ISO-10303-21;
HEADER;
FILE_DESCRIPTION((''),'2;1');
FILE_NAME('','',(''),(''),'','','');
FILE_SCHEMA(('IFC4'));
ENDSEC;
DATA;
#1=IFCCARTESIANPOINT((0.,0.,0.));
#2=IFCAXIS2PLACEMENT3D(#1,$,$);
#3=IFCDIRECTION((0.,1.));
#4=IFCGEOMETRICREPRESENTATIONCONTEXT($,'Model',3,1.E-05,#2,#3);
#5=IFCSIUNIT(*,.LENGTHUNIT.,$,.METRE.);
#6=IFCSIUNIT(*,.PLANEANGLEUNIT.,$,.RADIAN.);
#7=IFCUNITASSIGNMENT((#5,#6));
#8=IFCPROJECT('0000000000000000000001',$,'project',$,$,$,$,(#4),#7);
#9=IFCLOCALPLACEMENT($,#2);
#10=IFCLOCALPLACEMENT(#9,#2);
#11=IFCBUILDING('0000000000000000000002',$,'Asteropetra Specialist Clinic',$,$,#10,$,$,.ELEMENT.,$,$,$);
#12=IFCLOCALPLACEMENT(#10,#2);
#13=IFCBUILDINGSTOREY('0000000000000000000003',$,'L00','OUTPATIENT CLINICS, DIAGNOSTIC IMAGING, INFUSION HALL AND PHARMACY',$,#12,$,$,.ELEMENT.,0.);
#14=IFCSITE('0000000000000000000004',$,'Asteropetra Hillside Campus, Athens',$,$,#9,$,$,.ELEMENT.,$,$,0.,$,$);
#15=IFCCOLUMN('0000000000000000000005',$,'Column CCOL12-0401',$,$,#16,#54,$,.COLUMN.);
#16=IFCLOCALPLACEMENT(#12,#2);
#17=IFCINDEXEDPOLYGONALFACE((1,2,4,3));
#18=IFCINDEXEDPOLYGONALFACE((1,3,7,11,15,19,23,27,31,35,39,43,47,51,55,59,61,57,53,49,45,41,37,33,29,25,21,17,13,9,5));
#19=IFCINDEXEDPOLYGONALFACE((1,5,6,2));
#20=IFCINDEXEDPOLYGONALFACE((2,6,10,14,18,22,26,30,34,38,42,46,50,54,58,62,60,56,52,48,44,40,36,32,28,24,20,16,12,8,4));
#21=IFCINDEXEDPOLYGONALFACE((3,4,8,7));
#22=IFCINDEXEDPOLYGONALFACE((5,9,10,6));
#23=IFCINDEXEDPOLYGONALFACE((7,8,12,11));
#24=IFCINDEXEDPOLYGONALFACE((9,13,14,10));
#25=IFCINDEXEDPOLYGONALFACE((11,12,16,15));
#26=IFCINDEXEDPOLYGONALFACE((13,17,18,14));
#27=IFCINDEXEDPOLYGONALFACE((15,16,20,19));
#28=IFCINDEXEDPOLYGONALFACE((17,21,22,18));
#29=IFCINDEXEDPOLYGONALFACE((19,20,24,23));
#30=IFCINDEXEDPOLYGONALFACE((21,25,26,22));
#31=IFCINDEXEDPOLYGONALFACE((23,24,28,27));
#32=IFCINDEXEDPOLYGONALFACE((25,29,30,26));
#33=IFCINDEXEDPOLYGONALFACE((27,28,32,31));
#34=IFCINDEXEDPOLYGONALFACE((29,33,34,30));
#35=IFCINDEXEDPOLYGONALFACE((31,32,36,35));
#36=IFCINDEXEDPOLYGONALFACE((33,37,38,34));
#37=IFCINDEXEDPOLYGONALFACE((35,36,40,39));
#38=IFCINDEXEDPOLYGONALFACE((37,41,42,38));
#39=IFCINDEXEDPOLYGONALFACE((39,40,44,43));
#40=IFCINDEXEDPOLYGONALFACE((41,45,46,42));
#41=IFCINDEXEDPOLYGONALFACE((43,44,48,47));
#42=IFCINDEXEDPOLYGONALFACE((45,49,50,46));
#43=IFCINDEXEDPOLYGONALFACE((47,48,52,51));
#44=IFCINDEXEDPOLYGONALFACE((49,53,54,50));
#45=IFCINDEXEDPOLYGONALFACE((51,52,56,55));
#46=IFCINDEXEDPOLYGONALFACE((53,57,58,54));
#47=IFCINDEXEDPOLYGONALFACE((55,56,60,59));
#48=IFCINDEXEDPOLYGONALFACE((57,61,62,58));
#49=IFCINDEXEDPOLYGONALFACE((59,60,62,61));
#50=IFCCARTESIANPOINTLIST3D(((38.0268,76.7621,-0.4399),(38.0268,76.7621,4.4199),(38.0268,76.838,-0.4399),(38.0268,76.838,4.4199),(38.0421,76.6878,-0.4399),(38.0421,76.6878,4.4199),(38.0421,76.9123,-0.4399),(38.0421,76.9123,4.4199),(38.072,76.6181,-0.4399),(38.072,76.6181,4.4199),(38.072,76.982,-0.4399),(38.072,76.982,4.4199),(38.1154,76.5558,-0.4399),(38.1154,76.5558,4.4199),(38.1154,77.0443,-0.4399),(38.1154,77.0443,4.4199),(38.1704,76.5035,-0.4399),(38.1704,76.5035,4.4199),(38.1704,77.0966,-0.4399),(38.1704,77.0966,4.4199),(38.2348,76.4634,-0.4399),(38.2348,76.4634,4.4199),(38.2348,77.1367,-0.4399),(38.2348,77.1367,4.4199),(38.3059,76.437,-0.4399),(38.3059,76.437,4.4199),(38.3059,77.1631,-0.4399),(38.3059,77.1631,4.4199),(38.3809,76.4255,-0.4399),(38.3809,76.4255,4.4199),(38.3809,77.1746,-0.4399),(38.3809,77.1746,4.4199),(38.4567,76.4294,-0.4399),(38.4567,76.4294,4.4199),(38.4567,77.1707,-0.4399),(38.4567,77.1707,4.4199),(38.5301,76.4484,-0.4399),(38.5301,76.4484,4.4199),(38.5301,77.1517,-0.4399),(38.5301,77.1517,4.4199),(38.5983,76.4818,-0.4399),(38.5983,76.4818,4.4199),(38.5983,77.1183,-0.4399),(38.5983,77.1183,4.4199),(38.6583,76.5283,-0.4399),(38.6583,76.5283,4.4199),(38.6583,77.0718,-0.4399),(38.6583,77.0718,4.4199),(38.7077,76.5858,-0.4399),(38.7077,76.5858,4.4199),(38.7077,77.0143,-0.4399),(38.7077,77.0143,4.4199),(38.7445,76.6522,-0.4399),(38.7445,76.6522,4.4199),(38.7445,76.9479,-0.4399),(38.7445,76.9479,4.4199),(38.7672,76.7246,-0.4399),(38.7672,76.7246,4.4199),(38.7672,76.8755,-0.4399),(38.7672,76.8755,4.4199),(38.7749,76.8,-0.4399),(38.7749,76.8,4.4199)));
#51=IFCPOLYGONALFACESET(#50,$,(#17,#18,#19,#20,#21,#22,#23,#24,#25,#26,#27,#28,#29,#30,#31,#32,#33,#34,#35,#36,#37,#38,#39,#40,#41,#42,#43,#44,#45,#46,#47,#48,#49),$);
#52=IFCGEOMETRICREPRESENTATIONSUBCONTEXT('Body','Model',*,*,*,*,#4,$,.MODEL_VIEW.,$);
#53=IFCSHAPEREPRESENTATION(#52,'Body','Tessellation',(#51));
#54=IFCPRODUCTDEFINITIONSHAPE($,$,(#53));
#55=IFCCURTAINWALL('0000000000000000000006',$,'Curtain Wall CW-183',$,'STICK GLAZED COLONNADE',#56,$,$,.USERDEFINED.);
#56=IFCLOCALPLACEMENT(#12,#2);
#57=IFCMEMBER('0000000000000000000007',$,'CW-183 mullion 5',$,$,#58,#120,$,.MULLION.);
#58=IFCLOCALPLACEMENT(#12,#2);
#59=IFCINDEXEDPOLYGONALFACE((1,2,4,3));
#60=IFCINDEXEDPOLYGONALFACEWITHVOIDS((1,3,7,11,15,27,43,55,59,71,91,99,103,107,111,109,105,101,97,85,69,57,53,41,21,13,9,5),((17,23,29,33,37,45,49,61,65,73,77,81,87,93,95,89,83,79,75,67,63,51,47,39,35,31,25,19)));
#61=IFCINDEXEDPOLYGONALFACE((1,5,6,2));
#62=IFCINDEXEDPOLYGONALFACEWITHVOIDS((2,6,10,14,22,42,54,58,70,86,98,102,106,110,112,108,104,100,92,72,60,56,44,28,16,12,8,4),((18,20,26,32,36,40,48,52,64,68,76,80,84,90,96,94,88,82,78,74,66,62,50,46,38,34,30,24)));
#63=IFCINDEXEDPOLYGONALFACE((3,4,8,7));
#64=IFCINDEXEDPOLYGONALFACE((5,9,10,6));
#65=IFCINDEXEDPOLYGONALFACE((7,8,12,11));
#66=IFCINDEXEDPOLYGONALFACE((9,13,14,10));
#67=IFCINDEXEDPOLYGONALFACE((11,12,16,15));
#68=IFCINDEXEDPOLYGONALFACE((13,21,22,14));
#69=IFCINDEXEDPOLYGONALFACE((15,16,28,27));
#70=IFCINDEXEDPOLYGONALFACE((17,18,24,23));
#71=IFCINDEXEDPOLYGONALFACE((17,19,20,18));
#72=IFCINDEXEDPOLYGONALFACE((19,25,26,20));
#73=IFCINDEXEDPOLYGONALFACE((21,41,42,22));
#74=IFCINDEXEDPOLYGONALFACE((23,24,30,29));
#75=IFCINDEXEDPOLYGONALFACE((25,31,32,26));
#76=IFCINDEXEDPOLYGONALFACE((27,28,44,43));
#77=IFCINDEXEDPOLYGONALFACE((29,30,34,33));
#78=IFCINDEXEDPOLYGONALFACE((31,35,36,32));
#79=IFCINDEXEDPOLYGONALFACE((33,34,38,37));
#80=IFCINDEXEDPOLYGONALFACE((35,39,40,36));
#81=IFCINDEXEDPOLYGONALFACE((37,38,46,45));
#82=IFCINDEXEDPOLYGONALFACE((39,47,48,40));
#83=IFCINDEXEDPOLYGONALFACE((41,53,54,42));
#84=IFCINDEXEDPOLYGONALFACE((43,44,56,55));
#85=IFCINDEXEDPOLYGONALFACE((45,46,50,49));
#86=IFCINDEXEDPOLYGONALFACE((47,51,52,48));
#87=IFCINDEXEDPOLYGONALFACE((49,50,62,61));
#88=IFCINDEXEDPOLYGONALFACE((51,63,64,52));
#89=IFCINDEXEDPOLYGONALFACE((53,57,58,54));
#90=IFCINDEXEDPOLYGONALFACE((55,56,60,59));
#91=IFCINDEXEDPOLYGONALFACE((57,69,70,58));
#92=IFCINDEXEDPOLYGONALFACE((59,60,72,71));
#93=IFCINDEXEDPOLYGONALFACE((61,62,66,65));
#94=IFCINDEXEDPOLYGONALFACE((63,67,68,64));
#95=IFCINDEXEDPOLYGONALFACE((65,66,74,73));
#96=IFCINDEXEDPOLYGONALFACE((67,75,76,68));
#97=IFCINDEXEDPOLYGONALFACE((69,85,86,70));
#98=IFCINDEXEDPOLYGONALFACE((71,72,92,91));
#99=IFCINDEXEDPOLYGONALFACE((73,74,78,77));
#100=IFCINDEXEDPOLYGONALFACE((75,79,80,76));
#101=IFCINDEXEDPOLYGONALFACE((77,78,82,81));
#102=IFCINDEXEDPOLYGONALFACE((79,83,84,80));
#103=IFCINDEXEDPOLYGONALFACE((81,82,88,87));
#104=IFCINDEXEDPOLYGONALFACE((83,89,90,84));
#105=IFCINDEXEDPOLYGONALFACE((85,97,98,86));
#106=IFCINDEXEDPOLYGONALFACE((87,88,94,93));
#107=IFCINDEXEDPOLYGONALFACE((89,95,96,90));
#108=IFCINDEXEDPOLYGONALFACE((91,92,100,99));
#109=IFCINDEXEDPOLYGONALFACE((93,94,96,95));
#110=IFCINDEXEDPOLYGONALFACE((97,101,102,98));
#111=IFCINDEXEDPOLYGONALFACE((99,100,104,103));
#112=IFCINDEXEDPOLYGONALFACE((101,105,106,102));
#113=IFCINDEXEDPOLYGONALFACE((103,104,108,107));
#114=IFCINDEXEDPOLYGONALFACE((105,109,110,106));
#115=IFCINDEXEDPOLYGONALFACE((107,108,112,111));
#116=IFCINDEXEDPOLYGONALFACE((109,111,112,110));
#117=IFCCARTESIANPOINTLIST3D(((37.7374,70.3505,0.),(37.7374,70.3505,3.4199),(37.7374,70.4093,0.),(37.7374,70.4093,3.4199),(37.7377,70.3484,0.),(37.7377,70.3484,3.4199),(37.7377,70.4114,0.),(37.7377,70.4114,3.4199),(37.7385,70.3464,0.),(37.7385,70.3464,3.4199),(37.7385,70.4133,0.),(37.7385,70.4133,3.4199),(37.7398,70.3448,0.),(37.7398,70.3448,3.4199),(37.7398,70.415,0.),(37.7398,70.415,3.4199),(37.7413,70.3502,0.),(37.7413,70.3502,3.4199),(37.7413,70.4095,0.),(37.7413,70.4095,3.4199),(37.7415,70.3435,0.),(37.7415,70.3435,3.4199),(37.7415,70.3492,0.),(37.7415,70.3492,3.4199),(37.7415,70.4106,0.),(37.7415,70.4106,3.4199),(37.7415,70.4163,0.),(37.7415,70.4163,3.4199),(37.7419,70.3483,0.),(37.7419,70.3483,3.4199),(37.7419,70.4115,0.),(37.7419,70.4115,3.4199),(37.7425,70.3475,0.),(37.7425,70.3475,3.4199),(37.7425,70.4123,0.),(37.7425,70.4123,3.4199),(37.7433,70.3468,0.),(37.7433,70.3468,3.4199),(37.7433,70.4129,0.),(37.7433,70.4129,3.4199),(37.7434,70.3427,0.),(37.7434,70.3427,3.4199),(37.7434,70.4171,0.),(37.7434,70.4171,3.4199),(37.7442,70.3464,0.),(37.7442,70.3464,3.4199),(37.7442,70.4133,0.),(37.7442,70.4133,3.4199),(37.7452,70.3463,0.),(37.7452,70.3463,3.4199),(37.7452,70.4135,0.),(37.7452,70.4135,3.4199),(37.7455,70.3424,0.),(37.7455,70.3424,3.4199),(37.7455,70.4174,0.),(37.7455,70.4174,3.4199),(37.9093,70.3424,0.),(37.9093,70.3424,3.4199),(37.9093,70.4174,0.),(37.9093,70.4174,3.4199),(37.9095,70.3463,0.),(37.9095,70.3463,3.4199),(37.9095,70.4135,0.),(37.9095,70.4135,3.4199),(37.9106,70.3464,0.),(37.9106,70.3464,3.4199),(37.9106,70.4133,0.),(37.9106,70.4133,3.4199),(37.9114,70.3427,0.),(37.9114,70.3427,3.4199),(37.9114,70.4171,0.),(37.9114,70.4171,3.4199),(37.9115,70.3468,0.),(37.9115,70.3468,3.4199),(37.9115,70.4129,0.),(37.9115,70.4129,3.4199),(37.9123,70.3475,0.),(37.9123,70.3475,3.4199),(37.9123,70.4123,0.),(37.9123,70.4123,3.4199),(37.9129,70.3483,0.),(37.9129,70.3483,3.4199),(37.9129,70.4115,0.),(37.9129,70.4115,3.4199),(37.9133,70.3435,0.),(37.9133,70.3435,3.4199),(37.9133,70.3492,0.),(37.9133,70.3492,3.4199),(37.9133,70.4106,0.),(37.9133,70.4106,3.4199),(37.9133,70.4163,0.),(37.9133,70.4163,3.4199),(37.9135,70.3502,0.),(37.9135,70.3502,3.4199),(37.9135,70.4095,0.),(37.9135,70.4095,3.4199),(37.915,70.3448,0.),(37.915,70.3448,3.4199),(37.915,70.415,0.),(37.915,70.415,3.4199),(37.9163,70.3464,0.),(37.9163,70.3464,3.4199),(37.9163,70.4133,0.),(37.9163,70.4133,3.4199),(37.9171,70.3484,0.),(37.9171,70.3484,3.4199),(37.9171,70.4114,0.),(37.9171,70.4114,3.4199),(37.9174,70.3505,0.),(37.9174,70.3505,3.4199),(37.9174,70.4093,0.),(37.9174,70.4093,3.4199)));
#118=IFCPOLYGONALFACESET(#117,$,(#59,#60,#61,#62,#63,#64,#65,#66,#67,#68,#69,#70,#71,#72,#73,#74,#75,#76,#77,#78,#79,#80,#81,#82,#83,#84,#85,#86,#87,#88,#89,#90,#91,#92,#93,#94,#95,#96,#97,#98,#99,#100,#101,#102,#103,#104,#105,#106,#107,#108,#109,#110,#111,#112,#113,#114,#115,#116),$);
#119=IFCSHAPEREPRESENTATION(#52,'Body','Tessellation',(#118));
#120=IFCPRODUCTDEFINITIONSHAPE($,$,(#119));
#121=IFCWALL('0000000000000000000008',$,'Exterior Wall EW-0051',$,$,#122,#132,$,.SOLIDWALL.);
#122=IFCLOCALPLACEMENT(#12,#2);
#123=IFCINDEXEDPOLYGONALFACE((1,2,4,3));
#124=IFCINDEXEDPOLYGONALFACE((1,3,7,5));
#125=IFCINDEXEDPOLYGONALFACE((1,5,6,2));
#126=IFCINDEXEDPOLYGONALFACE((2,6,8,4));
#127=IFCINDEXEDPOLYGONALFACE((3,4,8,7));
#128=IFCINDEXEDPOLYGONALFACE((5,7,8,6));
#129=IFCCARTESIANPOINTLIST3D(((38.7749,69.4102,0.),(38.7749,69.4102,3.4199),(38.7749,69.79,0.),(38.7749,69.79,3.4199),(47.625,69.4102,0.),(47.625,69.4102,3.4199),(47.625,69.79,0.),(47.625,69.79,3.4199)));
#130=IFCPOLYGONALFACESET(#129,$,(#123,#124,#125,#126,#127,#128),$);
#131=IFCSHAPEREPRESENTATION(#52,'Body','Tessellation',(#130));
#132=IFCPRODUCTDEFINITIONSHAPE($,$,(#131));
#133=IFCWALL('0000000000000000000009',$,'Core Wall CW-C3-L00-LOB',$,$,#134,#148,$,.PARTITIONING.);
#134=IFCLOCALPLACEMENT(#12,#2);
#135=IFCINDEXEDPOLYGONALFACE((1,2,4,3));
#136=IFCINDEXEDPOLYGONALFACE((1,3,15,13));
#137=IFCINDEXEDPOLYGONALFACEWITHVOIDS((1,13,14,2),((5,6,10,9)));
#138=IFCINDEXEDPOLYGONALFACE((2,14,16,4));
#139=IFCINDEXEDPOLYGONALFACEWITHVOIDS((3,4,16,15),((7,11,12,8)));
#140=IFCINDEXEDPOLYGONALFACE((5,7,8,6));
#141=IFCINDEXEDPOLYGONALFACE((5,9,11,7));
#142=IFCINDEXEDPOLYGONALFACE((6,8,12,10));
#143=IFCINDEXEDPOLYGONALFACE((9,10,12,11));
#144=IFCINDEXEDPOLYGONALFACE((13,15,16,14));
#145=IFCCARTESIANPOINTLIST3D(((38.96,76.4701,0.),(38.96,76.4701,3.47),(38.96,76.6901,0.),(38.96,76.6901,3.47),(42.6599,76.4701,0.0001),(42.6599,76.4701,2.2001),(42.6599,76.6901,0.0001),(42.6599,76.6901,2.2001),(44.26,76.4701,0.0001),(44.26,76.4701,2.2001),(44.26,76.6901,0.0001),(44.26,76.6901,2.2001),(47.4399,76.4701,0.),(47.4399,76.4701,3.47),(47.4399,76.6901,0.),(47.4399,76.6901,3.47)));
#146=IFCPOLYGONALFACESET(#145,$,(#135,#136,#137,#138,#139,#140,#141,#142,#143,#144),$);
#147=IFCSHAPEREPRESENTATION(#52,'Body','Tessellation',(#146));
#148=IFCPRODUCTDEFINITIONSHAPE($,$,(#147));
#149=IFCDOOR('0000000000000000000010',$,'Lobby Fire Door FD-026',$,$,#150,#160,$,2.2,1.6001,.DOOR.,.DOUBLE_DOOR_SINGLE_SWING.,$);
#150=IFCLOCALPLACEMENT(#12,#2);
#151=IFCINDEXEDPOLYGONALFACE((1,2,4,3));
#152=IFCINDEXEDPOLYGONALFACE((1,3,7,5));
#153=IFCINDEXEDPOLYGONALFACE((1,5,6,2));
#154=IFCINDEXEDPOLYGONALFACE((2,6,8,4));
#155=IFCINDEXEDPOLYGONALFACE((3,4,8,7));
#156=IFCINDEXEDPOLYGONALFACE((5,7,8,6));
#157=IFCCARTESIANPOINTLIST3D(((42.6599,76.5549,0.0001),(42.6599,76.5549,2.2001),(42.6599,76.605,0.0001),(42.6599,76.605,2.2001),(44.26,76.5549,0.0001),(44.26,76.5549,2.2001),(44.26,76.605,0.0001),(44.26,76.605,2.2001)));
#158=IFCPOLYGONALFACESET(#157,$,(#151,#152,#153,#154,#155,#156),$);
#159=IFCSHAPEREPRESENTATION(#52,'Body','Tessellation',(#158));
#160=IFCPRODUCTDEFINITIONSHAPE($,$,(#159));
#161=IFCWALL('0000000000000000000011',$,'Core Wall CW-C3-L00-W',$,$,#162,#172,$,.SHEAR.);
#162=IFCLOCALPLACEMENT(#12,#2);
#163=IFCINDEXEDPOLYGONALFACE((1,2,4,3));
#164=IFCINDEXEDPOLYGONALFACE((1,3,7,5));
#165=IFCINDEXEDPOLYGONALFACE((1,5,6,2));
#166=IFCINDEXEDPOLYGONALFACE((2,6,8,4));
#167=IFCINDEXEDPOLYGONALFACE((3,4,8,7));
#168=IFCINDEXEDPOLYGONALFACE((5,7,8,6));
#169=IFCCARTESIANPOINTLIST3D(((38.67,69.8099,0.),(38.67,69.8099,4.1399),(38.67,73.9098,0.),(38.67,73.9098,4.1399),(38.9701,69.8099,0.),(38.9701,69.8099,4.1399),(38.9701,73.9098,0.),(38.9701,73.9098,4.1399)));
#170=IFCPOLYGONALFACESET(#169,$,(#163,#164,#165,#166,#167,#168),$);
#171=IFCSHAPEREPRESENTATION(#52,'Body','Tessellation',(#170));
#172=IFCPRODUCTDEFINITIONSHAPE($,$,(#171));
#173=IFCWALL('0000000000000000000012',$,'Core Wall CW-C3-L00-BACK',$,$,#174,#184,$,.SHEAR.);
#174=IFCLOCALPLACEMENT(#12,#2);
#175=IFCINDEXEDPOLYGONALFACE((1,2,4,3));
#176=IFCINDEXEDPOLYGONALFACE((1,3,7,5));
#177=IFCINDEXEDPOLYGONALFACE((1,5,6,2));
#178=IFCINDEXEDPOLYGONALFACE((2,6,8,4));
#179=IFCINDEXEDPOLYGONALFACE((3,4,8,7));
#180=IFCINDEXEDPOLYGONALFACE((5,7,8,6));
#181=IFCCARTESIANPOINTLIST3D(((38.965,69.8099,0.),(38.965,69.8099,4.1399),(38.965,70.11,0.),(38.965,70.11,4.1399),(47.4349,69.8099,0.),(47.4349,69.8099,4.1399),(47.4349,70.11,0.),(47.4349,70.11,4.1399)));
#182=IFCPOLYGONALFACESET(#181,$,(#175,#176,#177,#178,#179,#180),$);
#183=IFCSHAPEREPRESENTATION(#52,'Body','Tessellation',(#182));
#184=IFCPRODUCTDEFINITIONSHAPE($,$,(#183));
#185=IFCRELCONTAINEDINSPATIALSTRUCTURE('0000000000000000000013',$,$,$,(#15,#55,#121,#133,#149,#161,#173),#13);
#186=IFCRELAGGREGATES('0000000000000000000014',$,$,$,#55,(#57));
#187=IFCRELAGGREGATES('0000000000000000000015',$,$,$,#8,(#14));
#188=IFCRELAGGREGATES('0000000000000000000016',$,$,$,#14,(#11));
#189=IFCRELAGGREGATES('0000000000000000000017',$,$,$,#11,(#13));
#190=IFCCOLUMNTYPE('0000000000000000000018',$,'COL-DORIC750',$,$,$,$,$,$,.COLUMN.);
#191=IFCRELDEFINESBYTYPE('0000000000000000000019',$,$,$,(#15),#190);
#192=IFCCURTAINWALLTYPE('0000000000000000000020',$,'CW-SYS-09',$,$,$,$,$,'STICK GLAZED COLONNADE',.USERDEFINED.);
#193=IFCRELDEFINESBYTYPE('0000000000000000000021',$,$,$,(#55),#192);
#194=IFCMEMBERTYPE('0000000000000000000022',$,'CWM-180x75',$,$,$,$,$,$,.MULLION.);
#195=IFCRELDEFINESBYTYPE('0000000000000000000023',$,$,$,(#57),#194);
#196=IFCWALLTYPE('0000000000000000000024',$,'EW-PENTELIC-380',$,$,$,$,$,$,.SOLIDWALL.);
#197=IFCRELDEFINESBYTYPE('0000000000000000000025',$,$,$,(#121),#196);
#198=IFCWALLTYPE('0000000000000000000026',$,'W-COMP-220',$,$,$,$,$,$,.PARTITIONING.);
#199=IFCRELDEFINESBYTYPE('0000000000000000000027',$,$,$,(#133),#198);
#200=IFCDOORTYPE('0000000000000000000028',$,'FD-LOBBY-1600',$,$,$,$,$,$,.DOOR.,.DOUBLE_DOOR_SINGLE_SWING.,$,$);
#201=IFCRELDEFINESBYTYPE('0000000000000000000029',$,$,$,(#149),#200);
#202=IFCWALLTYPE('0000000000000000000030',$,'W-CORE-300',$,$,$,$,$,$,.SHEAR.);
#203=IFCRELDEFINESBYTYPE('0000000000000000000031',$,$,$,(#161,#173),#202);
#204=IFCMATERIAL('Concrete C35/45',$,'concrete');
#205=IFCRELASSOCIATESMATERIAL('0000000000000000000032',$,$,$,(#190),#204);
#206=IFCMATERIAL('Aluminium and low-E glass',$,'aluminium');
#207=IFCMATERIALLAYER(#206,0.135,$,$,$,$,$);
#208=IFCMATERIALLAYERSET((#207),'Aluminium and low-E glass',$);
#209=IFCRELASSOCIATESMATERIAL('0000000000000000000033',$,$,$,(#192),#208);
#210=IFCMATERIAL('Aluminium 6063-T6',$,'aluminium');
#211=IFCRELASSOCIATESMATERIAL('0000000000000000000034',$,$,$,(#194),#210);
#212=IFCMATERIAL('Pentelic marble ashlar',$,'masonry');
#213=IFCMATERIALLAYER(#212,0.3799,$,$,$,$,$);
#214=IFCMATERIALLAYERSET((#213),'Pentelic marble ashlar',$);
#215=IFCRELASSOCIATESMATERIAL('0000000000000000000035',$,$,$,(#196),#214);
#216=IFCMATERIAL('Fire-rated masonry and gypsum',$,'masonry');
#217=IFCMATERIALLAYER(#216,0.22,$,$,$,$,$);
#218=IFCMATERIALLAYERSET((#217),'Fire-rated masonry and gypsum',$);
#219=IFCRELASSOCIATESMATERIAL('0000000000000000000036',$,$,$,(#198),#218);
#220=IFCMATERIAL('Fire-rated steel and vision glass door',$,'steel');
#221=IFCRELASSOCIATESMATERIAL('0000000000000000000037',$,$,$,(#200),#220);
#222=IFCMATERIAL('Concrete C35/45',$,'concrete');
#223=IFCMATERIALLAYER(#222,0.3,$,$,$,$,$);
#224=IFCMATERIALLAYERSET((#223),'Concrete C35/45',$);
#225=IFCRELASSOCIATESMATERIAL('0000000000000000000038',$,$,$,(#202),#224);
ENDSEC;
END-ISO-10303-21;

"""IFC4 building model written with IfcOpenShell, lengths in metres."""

from ifc_helpers import new_model, si_unit, direction, frame, frame_2d, origin, origin_2d, place, context, subcontext, project, spatial, rectangle, hollow_rectangle, circle, extrude, material, layer, layer_set, material_profile, profile_set, type_object, element, fill, aggregate, save


model = new_model("IFC4")

# Units and contexts
model_context = context("Model", 3, precision=1e-05, world=origin(), true_north=direction((0.0, 1.0)))
body_context = subcontext(model_context, "Body", "Model", "MODEL_VIEW")
ifc_project = project(units=[si_unit("LENGTHUNIT", "METRE"), si_unit("PLANEANGLEUNIT", "RADIAN")], contexts=[model_context])

# Site, building, storey
site_placement = place(None, origin())
site = spatial("IfcSite", under=ifc_project, at=site_placement, Name="Asteropetra Hillside Campus, Athens", CompositionType="ELEMENT", RefElevation=0.0)
building_placement = place(site_placement, origin())
building = spatial("IfcBuilding", under=site, at=building_placement, Name="Asteropetra Specialist Clinic", CompositionType="ELEMENT")
storey_placement = place(building_placement, origin())
storey = spatial("IfcBuildingStorey", under=building, at=storey_placement, Name="L00", Description="OUTPATIENT CLINICS, DIAGNOSTIC IMAGING, INFUSION HALL AND PHARMACY", CompositionType="ELEMENT", Elevation=0.0)

# Column
ifc_material_1 = material(Name="Concrete C35/45", Category="concrete")
ifc_material_profile_1 = material_profile(ifc_material_1, circle(Radius=0.375, at=origin_2d()), Name="RCC D750")
ifc_profile_set_1 = profile_set([ifc_material_profile_1], Name="Concrete C35/45")
column_type = type_object("IfcColumnType", Name="COL-DORIC750", PredefinedType="COLUMN", material=ifc_profile_set_1)
for number, where, z_axis, x_axis, name in (
    (1, (38.3999, 76.8, -0.4399), (0.0, 0.0, 1.0), (1.0, 0.0, 0.0), "Column CCOL12-0401"),
):
    element("IfcColumn", number, at=place(storey_placement, frame(where, z_axis=z_axis, x_axis=x_axis)), inside=storey, type_object=column_type, Name=name, PredefinedType="COLUMN", context=body_context, shape_type="SweptSolid", body=[
        extrude(circle(Radius=0.375, at=origin_2d()), origin(), (0.0, 0.0, 1.0), 4.8599),
    ])

# Curtain wall, member
ifc_material_2 = material(Name="Aluminium and low-E glass", Category="aluminium")
ifc_layer_1 = layer(ifc_material_2, 0.135)
ifc_layer_set_1 = layer_set([ifc_layer_1], Name="Aluminium and low-E glass")
curtain_wall_type = type_object("IfcCurtainWallType", Name="CW-SYS-09", ElementType="STICK GLAZED COLONNADE", PredefinedType="USERDEFINED", material=ifc_layer_set_1)
curtain_wall_placement = place(storey_placement, origin())
curtain_wall = element("IfcCurtainWall", 2, at=curtain_wall_placement, inside=storey, type_object=curtain_wall_type, Name="Curtain Wall CW-183", ObjectType="STICK GLAZED COLONNADE", PredefinedType="USERDEFINED")
ifc_material_3 = material(Name="Aluminium 6063-T6", Category="aluminium")
ifc_material_profile_2 = material_profile(ifc_material_3, hollow_rectangle(XDim=0.075, YDim=0.1799, WallThickness=0.0039, InnerFilletRadius=0.0039, OuterFilletRadius=0.0081, at=origin_2d()), Name="MUL 180x75x4.0")
ifc_profile_set_2 = profile_set([ifc_material_profile_2], Name="Aluminium 6063-T6")
member_type = type_object("IfcMemberType", Name="CWM-180x75", PredefinedType="MULLION", material=ifc_profile_set_2)
member_placement = place(storey_placement, frame((37.8274, 70.3799, 0.0), z_axis=(0.0, 0.0, 1.0), x_axis=(0.0, 1.0, 0.0)))
member = element("IfcMember", 3, at=member_placement, type_object=member_type, Name="CW-183 mullion 5", PredefinedType="MULLION", context=body_context, shape_type="SweptSolid", body=[
    extrude(hollow_rectangle(XDim=0.075, YDim=0.1799, WallThickness=0.0039, InnerFilletRadius=0.0039, OuterFilletRadius=0.0081, at=origin_2d()), origin(), (0.0, 0.0, 1.0), 3.4199),
])
aggregate(curtain_wall, [member])

# Wall
ifc_material_4 = material(Name="Pentelic marble ashlar", Category="masonry")
ifc_layer_2 = layer(ifc_material_4, 0.3799)
ifc_layer_set_2 = layer_set([ifc_layer_2], Name="Pentelic marble ashlar")
wall_type_1 = type_object("IfcWallType", Name="EW-PENTELIC-380", PredefinedType="SOLIDWALL", material=ifc_layer_set_2)
wall_1_placement = place(storey_placement, frame((38.7749, 69.6001, 0.0), z_axis=(0.0, 0.0, 1.0), x_axis=(1.0, 0.0, 0.0)))
element("IfcWall", 4, at=wall_1_placement, inside=storey, type_object=wall_type_1, Name="Exterior Wall EW-0051", PredefinedType="SOLIDWALL", context=body_context, shape_type="SweptSolid", body=[
    extrude(rectangle(XDim=8.8501, YDim=0.3799, at=frame_2d((4.425, 0.0))), origin(), (0.0, 0.0, 1.0), 3.4199),
])

# Wall, opening, door
ifc_material_5 = material(Name="Fire-rated masonry and gypsum", Category="masonry")
ifc_layer_3 = layer(ifc_material_5, 0.22)
ifc_layer_set_3 = layer_set([ifc_layer_3], Name="Fire-rated masonry and gypsum")
wall_type_2 = type_object("IfcWallType", Name="W-COMP-220", PredefinedType="PARTITIONING", material=ifc_layer_set_3)
wall_2_placement = place(storey_placement, frame((38.96, 76.5801, 0.0), z_axis=(0.0, 0.0, 1.0), x_axis=(1.0, 0.0, 0.0)))
wall_2 = element("IfcWall", 5, at=wall_2_placement, inside=storey, type_object=wall_type_2, Name="Core Wall CW-C3-L00-LOB", PredefinedType="PARTITIONING", context=body_context, shape_type="SweptSolid", body=[
    extrude(rectangle(XDim=8.48, YDim=0.22, at=frame_2d((4.24, 0.0))), origin(), (0.0, 0.0, 1.0), 3.47),
])
opening_1_placement = place(wall_2_placement, frame((3.7, 0.0, 0.0)))
opening_1 = element("IfcOpeningElement", 6, at=opening_1_placement, cuts=wall_2, PredefinedType="OPENING", context=body_context, shape_type="SweptSolid", body=[
    extrude(rectangle(XDim=1.6001, YDim=2.2, at=frame_2d((0.8, 1.1001))), frame((0.0, 0.1199, 0.0), z_axis=(0.0, -1.0, 0.0), x_axis=(1.0, 0.0, 0.0)), (0.0, 0.0, 1.0), 0.24),
])
ifc_material_6 = material(Name="Fire-rated steel and vision glass door", Category="steel")
door_type_1 = type_object("IfcDoorType", Name="FD-LOBBY-1600", OperationType="DOUBLE_DOOR_SINGLE_SWING", PredefinedType="DOOR", material=ifc_material_6)
door_1_placement = place(opening_1_placement, origin())
door_1 = element("IfcDoor", 7, at=door_1_placement, inside=storey, type_object=door_type_1, Name="Lobby Fire Door FD-026", OperationType="DOUBLE_DOOR_SINGLE_SWING", OverallHeight=2.2, OverallWidth=1.6001, PredefinedType="DOOR", context=body_context, shape_type="SweptSolid", body=[
    extrude(rectangle(XDim=1.6001, YDim=2.2, at=frame_2d((0.8, 1.1001))), frame((0.0, 0.0249, 0.0), z_axis=(0.0, -1.0, 0.0), x_axis=(1.0, 0.0, 0.0)), (0.0, 0.0, 1.0), 0.05),
])
fill(opening_1, door_1)

# Walls
ifc_material_7 = material(Name="Concrete C35/45", Category="concrete")
ifc_layer_4 = layer(ifc_material_7, 0.3)
ifc_layer_set_4 = layer_set([ifc_layer_4], Name="Concrete C35/45")
wall_type_3 = type_object("IfcWallType", Name="W-CORE-300", PredefinedType="SHEAR", material=ifc_layer_set_4)
wall_3_placement = place(storey_placement, frame((38.8201, 69.8101, 0.0), z_axis=(0.0, 0.0, 1.0), x_axis=(0.0, 1.0, 0.0)))
element("IfcWall", 8, at=wall_3_placement, inside=storey, type_object=wall_type_3, Name="Core Wall CW-C3-L00-W", PredefinedType="SHEAR", context=body_context, shape_type="SweptSolid", body=[
    extrude(rectangle(XDim=4.0999, YDim=0.3, at=frame_2d((2.0498, 0.0))), origin(), (0.0, 0.0, 1.0), 4.1399),
])
wall_4_placement = place(storey_placement, frame((38.9651, 69.96, 0.0), z_axis=(0.0, 0.0, 1.0), x_axis=(1.0, 0.0, 0.0)))
element("IfcWall", 9, at=wall_4_placement, inside=storey, type_object=wall_type_3, Name="Core Wall CW-C3-L00-BACK", PredefinedType="SHEAR", context=body_context, shape_type="SweptSolid", body=[
    extrude(rectangle(XDim=8.47, YDim=0.3, at=frame_2d((4.2349, 0.0))), origin(), (0.0, 0.0, 1.0), 4.1399),
])

save(model, "model.ifc")
